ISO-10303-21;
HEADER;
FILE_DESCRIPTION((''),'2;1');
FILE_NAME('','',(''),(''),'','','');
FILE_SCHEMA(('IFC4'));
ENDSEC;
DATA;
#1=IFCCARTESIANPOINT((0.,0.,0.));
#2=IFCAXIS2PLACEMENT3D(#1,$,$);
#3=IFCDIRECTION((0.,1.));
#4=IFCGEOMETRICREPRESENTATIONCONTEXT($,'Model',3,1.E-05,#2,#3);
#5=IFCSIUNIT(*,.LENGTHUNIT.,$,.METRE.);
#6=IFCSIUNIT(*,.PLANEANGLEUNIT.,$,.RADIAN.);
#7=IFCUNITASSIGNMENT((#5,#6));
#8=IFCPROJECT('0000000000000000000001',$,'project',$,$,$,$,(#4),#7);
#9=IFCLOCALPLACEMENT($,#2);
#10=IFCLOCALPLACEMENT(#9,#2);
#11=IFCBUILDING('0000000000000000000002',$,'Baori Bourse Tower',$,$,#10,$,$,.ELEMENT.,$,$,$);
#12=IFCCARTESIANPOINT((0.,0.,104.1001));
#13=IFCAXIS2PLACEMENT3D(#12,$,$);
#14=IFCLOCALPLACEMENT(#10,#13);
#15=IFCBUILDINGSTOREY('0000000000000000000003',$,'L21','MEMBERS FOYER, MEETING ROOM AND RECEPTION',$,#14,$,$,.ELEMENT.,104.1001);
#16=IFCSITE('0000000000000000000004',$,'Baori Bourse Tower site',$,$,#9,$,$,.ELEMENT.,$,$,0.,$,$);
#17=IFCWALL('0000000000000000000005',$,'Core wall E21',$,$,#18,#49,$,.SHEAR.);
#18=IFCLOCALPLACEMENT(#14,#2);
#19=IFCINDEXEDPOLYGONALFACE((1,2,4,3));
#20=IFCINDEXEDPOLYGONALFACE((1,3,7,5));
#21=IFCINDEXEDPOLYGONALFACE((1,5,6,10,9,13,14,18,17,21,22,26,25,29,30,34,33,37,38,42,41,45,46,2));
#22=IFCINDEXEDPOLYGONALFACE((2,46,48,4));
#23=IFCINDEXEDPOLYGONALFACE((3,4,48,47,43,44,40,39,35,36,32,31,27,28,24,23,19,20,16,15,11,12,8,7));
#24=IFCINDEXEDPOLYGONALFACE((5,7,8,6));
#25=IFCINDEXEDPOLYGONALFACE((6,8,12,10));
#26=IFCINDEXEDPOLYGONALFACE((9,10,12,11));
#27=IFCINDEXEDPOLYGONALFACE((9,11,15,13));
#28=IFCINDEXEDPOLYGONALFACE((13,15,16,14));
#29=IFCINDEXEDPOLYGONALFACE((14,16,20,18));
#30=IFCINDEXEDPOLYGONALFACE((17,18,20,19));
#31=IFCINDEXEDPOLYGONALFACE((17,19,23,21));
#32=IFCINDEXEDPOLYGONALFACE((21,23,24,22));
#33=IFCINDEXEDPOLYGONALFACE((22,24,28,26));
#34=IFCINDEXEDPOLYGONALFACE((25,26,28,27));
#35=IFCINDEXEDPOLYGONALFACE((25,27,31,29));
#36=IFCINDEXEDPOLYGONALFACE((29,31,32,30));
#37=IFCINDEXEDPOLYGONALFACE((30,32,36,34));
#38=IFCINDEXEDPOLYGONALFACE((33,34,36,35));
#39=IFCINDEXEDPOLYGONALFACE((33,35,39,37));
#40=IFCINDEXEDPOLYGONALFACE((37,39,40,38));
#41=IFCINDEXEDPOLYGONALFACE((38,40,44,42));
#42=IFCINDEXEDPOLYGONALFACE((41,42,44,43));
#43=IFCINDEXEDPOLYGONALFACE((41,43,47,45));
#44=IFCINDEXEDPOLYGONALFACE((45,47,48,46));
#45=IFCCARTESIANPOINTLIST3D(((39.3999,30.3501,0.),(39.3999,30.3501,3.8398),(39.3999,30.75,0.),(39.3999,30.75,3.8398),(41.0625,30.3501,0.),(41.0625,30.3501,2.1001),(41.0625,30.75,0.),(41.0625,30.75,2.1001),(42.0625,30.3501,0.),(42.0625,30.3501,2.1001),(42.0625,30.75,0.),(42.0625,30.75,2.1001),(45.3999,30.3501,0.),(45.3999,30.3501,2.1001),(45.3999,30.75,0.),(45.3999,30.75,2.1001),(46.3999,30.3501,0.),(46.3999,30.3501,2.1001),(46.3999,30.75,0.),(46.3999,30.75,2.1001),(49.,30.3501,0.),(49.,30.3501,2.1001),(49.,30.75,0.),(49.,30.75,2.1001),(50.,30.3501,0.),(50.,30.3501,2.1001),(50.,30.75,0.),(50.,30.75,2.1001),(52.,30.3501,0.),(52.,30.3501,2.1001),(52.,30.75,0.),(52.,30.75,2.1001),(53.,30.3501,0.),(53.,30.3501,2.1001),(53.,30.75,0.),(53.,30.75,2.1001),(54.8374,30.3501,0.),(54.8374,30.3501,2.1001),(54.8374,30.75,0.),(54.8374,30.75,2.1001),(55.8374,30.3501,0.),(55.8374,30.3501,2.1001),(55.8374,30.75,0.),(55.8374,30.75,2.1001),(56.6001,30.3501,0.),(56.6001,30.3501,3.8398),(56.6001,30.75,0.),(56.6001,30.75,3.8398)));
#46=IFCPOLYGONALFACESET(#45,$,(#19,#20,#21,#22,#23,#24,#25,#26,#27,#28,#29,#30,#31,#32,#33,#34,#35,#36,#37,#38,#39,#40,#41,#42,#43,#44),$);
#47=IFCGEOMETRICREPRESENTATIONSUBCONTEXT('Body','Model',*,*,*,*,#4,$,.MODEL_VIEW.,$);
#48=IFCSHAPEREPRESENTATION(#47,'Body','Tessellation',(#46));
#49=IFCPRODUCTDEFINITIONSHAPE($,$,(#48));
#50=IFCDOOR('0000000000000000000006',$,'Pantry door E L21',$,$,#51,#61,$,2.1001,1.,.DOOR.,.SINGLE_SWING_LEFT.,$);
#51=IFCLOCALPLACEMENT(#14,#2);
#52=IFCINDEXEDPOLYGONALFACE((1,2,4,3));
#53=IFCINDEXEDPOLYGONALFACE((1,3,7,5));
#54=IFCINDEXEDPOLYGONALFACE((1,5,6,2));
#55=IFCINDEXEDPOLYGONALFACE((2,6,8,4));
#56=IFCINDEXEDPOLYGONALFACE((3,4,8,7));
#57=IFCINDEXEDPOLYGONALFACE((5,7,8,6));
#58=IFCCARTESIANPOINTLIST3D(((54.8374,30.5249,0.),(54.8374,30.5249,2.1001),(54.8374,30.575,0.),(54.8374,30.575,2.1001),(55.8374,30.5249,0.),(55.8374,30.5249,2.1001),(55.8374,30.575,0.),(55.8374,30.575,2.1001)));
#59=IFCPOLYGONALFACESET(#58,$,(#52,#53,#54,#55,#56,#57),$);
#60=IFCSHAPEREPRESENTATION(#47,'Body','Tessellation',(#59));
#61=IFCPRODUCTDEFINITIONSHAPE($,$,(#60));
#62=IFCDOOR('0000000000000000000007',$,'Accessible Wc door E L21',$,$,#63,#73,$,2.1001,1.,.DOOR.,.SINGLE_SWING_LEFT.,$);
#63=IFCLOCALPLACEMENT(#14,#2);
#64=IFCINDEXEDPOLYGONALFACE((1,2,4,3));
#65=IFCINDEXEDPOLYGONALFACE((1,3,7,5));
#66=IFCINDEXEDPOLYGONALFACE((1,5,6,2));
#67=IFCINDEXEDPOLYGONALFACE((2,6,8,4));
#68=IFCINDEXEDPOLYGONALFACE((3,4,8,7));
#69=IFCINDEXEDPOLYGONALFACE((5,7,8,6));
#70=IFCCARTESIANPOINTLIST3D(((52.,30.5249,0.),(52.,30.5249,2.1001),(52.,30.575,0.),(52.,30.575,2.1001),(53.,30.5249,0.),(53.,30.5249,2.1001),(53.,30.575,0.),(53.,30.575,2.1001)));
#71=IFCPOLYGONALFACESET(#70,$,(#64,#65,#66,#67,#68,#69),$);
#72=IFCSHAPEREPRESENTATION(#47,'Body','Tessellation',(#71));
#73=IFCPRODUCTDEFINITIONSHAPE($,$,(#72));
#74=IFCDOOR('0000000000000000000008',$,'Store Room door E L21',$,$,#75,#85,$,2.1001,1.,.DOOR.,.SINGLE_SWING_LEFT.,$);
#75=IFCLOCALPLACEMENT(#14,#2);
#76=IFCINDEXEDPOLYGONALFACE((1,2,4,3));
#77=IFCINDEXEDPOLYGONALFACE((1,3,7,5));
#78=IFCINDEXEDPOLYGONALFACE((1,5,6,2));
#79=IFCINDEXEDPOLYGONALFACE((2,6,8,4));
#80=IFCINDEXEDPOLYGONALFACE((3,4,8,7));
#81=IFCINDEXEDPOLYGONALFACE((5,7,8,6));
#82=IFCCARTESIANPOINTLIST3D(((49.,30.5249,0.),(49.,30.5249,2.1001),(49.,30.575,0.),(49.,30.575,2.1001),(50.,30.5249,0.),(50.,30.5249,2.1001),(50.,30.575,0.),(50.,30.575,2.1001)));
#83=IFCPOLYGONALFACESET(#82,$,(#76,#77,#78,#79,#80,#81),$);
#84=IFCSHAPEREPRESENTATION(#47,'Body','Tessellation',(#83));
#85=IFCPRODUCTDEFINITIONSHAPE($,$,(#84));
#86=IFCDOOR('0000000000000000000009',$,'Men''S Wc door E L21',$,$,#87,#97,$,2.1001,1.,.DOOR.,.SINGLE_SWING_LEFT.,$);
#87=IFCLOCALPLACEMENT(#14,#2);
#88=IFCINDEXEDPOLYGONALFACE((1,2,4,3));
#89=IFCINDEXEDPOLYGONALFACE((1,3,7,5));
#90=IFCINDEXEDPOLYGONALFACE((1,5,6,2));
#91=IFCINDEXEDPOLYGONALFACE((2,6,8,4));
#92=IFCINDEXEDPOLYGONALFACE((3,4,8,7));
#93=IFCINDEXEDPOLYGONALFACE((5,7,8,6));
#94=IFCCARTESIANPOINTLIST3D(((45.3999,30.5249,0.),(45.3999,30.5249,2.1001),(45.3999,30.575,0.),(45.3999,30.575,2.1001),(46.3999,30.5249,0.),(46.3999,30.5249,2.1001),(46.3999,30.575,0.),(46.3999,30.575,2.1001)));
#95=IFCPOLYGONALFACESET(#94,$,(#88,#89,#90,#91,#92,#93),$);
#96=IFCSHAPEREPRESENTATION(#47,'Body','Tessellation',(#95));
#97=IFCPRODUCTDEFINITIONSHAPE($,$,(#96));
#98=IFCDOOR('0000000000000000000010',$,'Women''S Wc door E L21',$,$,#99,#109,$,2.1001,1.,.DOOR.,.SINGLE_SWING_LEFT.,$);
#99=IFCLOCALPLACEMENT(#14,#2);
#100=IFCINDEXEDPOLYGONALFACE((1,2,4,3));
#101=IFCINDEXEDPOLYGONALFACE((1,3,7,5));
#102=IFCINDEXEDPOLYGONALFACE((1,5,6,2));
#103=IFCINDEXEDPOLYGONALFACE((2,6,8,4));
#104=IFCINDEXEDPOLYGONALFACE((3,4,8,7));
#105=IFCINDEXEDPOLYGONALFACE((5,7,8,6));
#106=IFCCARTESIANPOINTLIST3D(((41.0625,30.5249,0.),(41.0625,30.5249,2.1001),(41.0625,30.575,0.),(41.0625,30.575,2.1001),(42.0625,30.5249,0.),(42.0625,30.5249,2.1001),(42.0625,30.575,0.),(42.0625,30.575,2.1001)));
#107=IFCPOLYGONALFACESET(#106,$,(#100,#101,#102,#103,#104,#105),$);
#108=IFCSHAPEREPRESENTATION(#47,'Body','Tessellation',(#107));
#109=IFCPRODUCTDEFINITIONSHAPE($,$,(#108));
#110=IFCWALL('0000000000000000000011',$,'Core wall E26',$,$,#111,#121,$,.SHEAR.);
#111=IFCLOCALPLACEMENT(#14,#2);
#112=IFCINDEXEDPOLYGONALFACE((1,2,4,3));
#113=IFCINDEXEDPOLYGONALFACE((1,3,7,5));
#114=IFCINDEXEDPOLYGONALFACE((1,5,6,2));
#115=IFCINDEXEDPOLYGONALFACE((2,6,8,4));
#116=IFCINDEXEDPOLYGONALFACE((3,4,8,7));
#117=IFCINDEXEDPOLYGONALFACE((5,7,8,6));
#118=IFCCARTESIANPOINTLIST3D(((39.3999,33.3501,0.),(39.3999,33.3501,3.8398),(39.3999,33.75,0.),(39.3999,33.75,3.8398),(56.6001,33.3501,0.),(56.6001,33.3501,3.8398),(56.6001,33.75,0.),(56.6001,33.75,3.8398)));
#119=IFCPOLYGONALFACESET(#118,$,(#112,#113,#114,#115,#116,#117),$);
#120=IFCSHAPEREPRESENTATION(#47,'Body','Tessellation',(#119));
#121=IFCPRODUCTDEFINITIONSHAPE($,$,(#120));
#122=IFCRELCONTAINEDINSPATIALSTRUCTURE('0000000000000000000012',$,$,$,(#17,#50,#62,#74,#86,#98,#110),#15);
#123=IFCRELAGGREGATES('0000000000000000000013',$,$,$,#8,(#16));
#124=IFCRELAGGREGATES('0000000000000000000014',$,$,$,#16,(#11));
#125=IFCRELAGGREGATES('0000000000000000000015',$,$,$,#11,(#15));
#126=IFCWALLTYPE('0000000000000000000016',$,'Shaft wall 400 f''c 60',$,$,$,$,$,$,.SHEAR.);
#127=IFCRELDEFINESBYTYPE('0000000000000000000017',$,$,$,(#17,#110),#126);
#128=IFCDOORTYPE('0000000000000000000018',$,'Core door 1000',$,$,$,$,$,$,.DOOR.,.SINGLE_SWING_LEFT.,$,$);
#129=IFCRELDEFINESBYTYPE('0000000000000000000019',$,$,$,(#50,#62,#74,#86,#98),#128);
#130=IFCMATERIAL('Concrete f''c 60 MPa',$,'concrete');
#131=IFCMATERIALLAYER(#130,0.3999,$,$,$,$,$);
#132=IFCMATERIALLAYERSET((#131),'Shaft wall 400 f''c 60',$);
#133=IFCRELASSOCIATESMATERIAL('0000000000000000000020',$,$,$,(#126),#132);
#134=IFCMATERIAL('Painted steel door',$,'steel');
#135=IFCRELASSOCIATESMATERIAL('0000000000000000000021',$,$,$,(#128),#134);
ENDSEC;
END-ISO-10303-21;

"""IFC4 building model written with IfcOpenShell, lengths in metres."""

from ifc_helpers import new_model, si_unit, direction, frame, frame_2d, origin, place, context, subcontext, project, spatial, rectangle, extrude, material, layer, layer_set, type_object, element, fill, save


model = new_model("IFC4")

# Units and contexts
model_context = context("Model", 3, precision=1e-05, world=origin(), true_north=direction((0.0, 1.0)))
body_context = subcontext(model_context, "Body", "Model", "MODEL_VIEW")
ifc_project = project(units=[si_unit("LENGTHUNIT", "METRE"), si_unit("PLANEANGLEUNIT", "RADIAN")], contexts=[model_context])

# Site, building, storey
site_placement = place(None, origin())
site = spatial("IfcSite", under=ifc_project, at=site_placement, Name="Baori Bourse Tower site", CompositionType="ELEMENT", RefElevation=0.0)
building_placement = place(site_placement, origin())
building = spatial("IfcBuilding", under=site, at=building_placement, Name="Baori Bourse Tower", CompositionType="ELEMENT")
storey_placement = place(building_placement, frame((0.0, 0.0, 104.1001)))
storey = spatial("IfcBuildingStorey", under=building, at=storey_placement, Name="L21", Description="MEMBERS FOYER, MEETING ROOM AND RECEPTION", CompositionType="ELEMENT", Elevation=104.1001)

# Wall, openings, doors
ifc_material_1 = material(Name="Concrete f'c 60 MPa", Category="concrete")
ifc_layer_1 = layer(ifc_material_1, 0.3999)
ifc_layer_set_1 = layer_set([ifc_layer_1], Name="Shaft wall 400 f'c 60")
wall_type_1 = type_object("IfcWallType", Name="Shaft wall 400 f'c 60", PredefinedType="SHEAR", material=ifc_layer_set_1)
wall_1_placement = place(storey_placement, frame((39.3999, 30.55, 0.0), z_axis=(0.0, 0.0, 1.0), x_axis=(1.0, 0.0, 0.0)))
wall_1 = element("IfcWall", 1, at=wall_1_placement, inside=storey, type_object=wall_type_1, Name="Core wall E21", PredefinedType="SHEAR", context=body_context, shape_type="SweptSolid", body=[
    extrude(rectangle(XDim=17.2002, YDim=0.3999, at=frame_2d((8.6001, 0.0))), origin(), (0.0, 0.0, 1.0), 3.8398),
])
opening_1_placement = place(wall_1_placement, frame((15.4375, 0.0, 0.0)))
opening_1 = element("IfcOpeningElement", 2, at=opening_1_placement, cuts=wall_1, PredefinedType="OPENING", context=body_context, shape_type="SweptSolid", body=[
    extrude(rectangle(XDim=1.0, YDim=2.1001, at=frame_2d((0.5, 1.05))), frame((0.0, 0.21, 0.0), z_axis=(0.0, -1.0, 0.0), x_axis=(1.0, 0.0, 0.0)), (0.0, 0.0, 1.0), 0.4199),
])
opening_2_placement = place(wall_1_placement, frame((12.6001, 0.0, 0.0)))
opening_2 = element("IfcOpeningElement", 3, at=opening_2_placement, cuts=wall_1, PredefinedType="OPENING", context=body_context, shape_type="SweptSolid", body=[
    extrude(rectangle(XDim=1.0, YDim=2.1001, at=frame_2d((0.5, 1.05))), frame((0.0, 0.21, 0.0), z_axis=(0.0, -1.0, 0.0), x_axis=(1.0, 0.0, 0.0)), (0.0, 0.0, 1.0), 0.4199),
])
opening_3_placement = place(wall_1_placement, frame((9.6001, 0.0, 0.0)))
opening_3 = element("IfcOpeningElement", 4, at=opening_3_placement, cuts=wall_1, PredefinedType="OPENING", context=body_context, shape_type="SweptSolid", body=[
    extrude(rectangle(XDim=1.0, YDim=2.1001, at=frame_2d((0.5, 1.05))), frame((0.0, 0.21, 0.0), z_axis=(0.0, -1.0, 0.0), x_axis=(1.0, 0.0, 0.0)), (0.0, 0.0, 1.0), 0.4199),
])
opening_4_placement = place(wall_1_placement, frame((6.0, 0.0, 0.0)))
opening_4 = element("IfcOpeningElement", 5, at=opening_4_placement, cuts=wall_1, PredefinedType="OPENING", context=body_context, shape_type="SweptSolid", body=[
    extrude(rectangle(XDim=1.0, YDim=2.1001, at=frame_2d((0.5, 1.05))), frame((0.0, 0.21, 0.0), z_axis=(0.0, -1.0, 0.0), x_axis=(1.0, 0.0, 0.0)), (0.0, 0.0, 1.0), 0.4199),
])
opening_5_placement = place(wall_1_placement, frame((1.6626, 0.0, 0.0)))
opening_5 = element("IfcOpeningElement", 6, at=opening_5_placement, cuts=wall_1, PredefinedType="OPENING", context=body_context, shape_type="SweptSolid", body=[
    extrude(rectangle(XDim=1.0, YDim=2.1001, at=frame_2d((0.5, 1.05))), frame((0.0, 0.21, 0.0), z_axis=(0.0, -1.0, 0.0), x_axis=(1.0, 0.0, 0.0)), (0.0, 0.0, 1.0), 0.4199),
])
ifc_material_2 = material(Name="Painted steel door", Category="steel")
door_type_1 = type_object("IfcDoorType", Name="Core door 1000", OperationType="SINGLE_SWING_LEFT", PredefinedType="DOOR", material=ifc_material_2)
door_1_placement = place(opening_1_placement, origin())
door_1 = element("IfcDoor", 7, at=door_1_placement, inside=storey, type_object=door_type_1, Name="Pantry door E L21", OperationType="SINGLE_SWING_LEFT", OverallHeight=2.1001, OverallWidth=1.0, PredefinedType="DOOR", context=body_context, shape_type="SweptSolid", body=[
    extrude(rectangle(XDim=1.0, YDim=2.1001, at=frame_2d((0.5, 1.05))), frame((0.0, 0.0249, 0.0), z_axis=(0.0, -1.0, 0.0), x_axis=(1.0, 0.0, 0.0)), (0.0, 0.0, 1.0), 0.05),
])
fill(opening_1, door_1)
door_2_placement = place(opening_2_placement, origin())
door_2 = element("IfcDoor", 8, at=door_2_placement, inside=storey, type_object=door_type_1, Name="Accessible Wc door E L21", OperationType="SINGLE_SWING_LEFT", OverallHeight=2.1001, OverallWidth=1.0, PredefinedType="DOOR", context=body_context, shape_type="SweptSolid", body=[
    extrude(rectangle(XDim=1.0, YDim=2.1001, at=frame_2d((0.5, 1.05))), frame((0.0, 0.0249, 0.0), z_axis=(0.0, -1.0, 0.0), x_axis=(1.0, 0.0, 0.0)), (0.0, 0.0, 1.0), 0.05),
])
fill(opening_2, door_2)
door_3_placement = place(opening_3_placement, origin())
door_3 = element("IfcDoor", 9, at=door_3_placement, inside=storey, type_object=door_type_1, Name="Store Room door E L21", OperationType="SINGLE_SWING_LEFT", OverallHeight=2.1001, OverallWidth=1.0, PredefinedType="DOOR", context=body_context, shape_type="SweptSolid", body=[
    extrude(rectangle(XDim=1.0, YDim=2.1001, at=frame_2d((0.5, 1.05))), frame((0.0, 0.0249, 0.0), z_axis=(0.0, -1.0, 0.0), x_axis=(1.0, 0.0, 0.0)), (0.0, 0.0, 1.0), 0.05),
])
fill(opening_3, door_3)
door_4_placement = place(opening_4_placement, origin())
door_4 = element("IfcDoor", 10, at=door_4_placement, inside=storey, type_object=door_type_1, Name="Men'S Wc door E L21", OperationType="SINGLE_SWING_LEFT", OverallHeight=2.1001, OverallWidth=1.0, PredefinedType="DOOR", context=body_context, shape_type="SweptSolid", body=[
    extrude(rectangle(XDim=1.0, YDim=2.1001, at=frame_2d((0.5, 1.05))), frame((0.0, 0.0249, 0.0), z_axis=(0.0, -1.0, 0.0), x_axis=(1.0, 0.0, 0.0)), (0.0, 0.0, 1.0), 0.05),
])
fill(opening_4, door_4)
door_5_placement = place(opening_5_placement, origin())
door_5 = element("IfcDoor", 11, at=door_5_placement, inside=storey, type_object=door_type_1, Name="Women'S Wc door E L21", OperationType="SINGLE_SWING_LEFT", OverallHeight=2.1001, OverallWidth=1.0, PredefinedType="DOOR", context=body_context, shape_type="SweptSolid", body=[
    extrude(rectangle(XDim=1.0, YDim=2.1001, at=frame_2d((0.5, 1.05))), frame((0.0, 0.0249, 0.0), z_axis=(0.0, -1.0, 0.0), x_axis=(1.0, 0.0, 0.0)), (0.0, 0.0, 1.0), 0.05),
])
fill(opening_5, door_5)

# Wall
wall_2_placement = place(storey_placement, frame((39.3999, 33.55, 0.0), z_axis=(0.0, 0.0, 1.0), x_axis=(1.0, 0.0, 0.0)))
element("IfcWall", 12, at=wall_2_placement, inside=storey, type_object=wall_type_1, Name="Core wall E26", PredefinedType="SHEAR", context=body_context, shape_type="SweptSolid", body=[
    extrude(rectangle(XDim=17.2002, YDim=0.3999, at=frame_2d((8.6001, 0.0))), origin(), (0.0, 0.0, 1.0), 3.8398),
])

save(model, "model.ifc")
